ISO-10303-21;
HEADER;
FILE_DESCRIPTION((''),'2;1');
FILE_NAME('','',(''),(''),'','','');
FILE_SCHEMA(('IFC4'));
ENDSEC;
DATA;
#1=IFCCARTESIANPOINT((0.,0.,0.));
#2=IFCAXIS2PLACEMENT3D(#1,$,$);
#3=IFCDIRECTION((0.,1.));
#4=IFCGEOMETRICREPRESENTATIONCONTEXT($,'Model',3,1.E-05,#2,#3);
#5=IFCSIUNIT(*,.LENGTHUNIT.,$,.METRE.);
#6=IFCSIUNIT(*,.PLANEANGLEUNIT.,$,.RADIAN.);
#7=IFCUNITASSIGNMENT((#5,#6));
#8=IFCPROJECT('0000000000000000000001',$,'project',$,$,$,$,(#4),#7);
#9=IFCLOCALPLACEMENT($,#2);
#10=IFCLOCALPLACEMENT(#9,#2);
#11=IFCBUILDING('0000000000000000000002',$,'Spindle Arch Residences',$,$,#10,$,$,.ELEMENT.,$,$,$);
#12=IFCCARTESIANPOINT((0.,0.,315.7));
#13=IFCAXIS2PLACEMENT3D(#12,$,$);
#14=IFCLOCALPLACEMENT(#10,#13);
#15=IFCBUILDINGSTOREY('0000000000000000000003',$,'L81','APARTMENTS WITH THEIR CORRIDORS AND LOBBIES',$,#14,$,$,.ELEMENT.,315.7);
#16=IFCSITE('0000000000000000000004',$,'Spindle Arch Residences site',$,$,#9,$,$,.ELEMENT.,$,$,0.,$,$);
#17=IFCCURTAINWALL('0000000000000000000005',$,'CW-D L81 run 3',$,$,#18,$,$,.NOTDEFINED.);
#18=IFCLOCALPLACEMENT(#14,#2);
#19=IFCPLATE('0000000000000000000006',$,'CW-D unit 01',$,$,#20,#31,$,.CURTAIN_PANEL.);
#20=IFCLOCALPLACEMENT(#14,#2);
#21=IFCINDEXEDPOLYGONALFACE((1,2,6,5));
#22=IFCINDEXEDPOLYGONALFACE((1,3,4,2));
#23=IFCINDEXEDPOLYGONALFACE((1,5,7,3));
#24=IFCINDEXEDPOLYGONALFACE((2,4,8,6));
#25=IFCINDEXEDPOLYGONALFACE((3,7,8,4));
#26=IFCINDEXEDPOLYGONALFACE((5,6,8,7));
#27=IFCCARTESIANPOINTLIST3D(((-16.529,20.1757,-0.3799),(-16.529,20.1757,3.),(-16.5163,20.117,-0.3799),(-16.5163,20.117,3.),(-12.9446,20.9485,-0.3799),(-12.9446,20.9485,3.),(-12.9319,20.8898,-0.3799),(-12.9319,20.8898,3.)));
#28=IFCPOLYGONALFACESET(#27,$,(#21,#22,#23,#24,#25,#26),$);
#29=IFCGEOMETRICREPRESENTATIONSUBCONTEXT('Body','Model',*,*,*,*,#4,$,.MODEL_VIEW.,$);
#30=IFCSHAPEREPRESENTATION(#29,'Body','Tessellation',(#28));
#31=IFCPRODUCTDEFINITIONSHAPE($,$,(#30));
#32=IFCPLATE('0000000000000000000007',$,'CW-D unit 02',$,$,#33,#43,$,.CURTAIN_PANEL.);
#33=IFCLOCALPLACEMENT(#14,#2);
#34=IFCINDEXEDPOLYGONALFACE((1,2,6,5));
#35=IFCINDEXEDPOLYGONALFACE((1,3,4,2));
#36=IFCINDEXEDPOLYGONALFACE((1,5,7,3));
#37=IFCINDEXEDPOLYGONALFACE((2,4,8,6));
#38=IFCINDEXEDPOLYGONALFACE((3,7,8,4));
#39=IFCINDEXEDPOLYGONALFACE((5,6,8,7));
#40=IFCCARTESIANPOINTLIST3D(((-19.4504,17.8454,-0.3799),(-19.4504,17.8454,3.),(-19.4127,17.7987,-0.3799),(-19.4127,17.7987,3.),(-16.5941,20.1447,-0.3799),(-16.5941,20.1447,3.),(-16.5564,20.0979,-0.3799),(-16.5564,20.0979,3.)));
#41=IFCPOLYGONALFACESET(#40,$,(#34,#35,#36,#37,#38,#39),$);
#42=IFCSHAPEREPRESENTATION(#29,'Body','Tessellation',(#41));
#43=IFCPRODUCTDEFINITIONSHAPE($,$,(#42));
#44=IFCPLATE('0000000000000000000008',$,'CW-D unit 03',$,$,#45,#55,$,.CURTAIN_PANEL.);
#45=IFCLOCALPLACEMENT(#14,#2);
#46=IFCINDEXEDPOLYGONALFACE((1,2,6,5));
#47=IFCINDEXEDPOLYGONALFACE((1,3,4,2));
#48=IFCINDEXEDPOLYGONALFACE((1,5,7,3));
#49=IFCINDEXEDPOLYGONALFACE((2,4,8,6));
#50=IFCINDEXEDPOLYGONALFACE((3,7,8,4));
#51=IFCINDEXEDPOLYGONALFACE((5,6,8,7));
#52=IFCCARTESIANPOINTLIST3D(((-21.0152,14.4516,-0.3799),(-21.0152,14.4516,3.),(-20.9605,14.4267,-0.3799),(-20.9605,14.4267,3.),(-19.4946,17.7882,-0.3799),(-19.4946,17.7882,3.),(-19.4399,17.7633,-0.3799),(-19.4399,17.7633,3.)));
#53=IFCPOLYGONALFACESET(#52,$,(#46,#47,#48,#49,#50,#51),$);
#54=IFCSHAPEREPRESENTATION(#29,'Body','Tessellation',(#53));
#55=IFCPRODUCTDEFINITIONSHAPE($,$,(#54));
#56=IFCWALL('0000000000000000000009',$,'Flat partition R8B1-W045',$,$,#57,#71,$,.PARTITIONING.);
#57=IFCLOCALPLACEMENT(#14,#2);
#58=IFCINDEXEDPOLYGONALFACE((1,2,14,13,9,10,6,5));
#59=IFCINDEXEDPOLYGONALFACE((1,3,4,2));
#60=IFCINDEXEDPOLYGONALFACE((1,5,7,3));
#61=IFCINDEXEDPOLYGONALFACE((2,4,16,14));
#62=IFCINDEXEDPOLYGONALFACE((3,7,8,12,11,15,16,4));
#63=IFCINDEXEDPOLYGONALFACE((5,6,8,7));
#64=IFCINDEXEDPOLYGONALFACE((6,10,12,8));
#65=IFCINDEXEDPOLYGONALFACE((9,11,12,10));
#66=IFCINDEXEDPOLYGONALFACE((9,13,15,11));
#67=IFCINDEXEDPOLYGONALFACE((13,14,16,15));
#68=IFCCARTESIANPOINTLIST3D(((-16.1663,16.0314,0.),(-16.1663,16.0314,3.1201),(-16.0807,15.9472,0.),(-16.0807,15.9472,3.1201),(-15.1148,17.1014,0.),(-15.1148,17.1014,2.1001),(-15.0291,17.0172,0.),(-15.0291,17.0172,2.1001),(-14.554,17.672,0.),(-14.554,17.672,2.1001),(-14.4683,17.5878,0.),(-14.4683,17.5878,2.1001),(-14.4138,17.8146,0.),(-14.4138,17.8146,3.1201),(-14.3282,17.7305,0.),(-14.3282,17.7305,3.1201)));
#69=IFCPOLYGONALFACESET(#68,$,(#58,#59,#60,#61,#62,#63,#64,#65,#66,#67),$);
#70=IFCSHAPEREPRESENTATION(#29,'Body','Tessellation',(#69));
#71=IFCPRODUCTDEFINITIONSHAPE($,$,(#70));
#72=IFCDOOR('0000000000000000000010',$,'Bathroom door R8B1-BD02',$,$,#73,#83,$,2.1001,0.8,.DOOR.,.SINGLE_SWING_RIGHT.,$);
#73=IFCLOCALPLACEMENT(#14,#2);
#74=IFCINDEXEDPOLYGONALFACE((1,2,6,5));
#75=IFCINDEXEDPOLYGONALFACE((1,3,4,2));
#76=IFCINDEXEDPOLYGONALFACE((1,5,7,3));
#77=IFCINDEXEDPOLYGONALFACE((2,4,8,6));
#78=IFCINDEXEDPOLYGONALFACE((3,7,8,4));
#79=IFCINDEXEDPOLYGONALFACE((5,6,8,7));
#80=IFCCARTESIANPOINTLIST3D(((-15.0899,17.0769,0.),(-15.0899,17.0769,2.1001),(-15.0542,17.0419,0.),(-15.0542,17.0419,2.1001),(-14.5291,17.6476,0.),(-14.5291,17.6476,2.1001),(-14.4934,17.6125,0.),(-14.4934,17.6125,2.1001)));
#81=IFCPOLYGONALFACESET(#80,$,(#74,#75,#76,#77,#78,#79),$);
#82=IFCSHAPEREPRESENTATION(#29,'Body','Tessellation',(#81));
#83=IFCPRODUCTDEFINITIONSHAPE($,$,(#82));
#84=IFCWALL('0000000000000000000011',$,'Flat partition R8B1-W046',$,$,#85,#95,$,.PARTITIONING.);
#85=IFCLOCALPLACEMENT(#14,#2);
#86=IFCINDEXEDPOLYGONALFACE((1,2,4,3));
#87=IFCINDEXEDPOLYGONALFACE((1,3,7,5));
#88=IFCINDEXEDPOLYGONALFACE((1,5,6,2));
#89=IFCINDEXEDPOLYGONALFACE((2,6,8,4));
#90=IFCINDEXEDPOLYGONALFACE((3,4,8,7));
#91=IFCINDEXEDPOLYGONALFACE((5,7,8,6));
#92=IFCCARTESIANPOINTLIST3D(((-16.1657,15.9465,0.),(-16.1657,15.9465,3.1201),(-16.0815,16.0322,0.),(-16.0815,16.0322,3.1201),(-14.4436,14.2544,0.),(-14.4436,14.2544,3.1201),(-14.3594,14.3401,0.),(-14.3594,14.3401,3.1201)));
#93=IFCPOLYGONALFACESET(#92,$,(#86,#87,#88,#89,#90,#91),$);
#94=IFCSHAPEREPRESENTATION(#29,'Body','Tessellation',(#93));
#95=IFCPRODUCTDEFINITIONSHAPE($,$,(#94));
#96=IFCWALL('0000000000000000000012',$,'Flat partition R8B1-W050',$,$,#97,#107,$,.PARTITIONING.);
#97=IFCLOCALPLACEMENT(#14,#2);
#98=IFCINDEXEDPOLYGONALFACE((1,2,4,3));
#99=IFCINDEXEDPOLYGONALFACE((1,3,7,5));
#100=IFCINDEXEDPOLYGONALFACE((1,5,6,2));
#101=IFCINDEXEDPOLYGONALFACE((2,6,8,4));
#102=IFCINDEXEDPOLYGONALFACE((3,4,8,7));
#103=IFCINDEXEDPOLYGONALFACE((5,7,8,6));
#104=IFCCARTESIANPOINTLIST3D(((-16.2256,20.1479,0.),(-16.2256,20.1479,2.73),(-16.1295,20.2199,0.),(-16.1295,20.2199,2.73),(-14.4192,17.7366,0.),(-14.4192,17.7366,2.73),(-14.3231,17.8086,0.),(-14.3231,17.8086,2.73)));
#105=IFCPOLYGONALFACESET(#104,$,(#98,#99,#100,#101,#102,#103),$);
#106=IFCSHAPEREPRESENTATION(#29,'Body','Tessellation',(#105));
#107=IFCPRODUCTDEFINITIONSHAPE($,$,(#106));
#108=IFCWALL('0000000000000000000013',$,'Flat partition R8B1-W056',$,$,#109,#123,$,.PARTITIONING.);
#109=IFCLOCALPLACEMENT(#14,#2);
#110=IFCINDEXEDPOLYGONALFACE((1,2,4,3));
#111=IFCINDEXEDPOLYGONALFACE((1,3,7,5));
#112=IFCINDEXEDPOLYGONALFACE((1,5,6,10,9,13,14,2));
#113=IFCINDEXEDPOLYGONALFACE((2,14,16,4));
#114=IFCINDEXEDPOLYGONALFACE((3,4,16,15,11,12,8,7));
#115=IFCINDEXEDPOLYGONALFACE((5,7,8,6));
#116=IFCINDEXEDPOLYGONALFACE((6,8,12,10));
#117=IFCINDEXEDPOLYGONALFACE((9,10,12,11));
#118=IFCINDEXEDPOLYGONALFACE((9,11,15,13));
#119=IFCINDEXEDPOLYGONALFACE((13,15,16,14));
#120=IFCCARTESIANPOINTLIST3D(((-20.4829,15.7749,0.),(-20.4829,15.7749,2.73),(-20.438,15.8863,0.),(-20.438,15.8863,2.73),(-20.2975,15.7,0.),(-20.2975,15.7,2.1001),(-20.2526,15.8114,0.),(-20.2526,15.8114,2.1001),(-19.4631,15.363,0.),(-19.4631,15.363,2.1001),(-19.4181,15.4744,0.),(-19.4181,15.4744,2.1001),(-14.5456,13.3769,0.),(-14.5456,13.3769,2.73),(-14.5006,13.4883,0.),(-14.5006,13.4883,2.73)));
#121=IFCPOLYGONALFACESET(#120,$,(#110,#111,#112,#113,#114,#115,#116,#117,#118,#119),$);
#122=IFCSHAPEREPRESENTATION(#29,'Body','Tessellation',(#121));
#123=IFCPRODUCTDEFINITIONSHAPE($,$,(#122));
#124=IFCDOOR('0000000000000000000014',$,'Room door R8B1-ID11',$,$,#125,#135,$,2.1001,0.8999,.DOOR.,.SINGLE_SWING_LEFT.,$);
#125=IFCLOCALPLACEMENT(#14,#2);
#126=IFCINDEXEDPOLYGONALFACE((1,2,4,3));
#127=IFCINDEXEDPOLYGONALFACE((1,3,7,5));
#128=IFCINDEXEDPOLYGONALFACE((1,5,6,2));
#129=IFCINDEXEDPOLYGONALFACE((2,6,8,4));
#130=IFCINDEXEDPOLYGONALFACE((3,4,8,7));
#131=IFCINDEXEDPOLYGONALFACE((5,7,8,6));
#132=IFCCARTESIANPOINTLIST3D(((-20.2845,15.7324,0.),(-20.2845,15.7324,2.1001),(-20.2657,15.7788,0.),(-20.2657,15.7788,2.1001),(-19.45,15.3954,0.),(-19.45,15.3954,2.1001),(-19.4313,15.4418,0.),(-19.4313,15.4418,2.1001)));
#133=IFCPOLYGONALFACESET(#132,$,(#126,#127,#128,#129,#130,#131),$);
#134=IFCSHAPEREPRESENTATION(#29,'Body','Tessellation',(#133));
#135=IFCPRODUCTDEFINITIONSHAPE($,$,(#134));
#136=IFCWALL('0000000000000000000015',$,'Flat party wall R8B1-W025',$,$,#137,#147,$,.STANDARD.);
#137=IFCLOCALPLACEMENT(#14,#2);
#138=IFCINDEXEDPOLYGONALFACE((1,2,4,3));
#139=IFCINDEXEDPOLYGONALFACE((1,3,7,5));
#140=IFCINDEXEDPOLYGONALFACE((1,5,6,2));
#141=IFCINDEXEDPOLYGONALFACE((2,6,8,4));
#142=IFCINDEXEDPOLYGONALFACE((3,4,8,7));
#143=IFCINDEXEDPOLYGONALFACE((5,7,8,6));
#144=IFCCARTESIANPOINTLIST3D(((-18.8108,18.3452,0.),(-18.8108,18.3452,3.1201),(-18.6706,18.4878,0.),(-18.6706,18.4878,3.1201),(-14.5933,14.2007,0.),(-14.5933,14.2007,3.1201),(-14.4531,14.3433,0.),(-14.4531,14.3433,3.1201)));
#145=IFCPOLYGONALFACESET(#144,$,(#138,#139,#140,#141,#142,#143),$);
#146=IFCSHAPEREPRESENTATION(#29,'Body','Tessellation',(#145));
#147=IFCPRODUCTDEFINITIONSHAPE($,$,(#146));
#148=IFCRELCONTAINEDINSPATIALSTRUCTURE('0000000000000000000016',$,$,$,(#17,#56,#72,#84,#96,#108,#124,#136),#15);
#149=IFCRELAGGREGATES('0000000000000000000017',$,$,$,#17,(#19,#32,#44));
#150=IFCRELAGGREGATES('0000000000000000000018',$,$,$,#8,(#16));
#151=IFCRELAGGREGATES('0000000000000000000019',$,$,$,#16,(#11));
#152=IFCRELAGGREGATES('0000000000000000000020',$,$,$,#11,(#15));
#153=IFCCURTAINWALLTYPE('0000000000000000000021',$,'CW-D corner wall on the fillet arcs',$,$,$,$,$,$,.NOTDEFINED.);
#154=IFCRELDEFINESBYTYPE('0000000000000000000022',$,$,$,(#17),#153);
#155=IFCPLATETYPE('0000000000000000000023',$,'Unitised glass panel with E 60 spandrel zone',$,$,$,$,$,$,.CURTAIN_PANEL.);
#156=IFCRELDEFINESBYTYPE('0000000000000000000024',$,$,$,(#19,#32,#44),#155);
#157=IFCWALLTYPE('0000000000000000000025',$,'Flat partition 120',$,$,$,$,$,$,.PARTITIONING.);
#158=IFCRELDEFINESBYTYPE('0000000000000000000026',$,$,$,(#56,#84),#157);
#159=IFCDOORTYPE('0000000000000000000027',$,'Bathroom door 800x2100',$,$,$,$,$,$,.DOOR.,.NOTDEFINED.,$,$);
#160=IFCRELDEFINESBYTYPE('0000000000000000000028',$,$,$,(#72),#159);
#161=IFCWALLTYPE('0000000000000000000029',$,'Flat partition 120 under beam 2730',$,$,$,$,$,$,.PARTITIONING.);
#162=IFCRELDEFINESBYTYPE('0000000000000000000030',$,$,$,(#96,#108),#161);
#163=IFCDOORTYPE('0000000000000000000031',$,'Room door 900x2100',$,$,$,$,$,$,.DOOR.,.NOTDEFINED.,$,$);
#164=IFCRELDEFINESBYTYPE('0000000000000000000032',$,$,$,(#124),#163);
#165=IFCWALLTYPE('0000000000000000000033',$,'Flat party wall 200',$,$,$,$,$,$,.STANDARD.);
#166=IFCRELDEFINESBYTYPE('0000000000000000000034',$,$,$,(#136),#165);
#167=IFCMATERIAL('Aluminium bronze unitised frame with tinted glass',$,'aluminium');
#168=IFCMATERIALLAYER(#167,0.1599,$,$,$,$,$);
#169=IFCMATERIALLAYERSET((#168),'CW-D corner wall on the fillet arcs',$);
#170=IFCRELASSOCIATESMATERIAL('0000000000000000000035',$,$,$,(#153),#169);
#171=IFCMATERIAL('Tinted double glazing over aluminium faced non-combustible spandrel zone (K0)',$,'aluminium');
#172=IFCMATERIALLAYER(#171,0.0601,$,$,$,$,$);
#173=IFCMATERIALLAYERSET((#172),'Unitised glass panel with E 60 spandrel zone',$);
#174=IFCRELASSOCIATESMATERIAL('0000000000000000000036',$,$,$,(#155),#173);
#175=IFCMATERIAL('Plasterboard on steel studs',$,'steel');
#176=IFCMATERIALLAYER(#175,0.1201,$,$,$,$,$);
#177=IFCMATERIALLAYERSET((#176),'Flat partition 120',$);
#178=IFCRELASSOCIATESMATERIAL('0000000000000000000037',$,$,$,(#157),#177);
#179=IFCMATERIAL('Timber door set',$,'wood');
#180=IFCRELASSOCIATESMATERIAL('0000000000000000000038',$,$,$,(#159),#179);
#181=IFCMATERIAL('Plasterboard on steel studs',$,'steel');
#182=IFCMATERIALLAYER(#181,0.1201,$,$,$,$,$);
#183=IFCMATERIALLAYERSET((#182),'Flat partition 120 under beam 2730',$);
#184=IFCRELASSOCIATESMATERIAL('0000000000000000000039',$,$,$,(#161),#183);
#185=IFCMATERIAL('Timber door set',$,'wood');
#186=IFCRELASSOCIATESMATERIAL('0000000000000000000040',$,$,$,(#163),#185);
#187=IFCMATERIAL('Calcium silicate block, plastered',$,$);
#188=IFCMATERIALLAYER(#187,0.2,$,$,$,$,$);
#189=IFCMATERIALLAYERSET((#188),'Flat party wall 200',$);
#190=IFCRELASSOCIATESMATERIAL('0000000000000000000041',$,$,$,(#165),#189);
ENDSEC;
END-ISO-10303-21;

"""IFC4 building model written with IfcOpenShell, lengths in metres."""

from ifc_helpers import new_model, si_unit, direction, frame, frame_2d, origin, origin_2d, place, context, subcontext, project, spatial, rectangle, extrude, material, layer, layer_set, type_object, element, fill, aggregate, save


model = new_model("IFC4")

# Units and contexts
model_context = context("Model", 3, precision=1e-05, world=origin(), true_north=direction((0.0, 1.0)))
body_context = subcontext(model_context, "Body", "Model", "MODEL_VIEW")
ifc_project = project(units=[si_unit("LENGTHUNIT", "METRE"), si_unit("PLANEANGLEUNIT", "RADIAN")], contexts=[model_context])

# Site, building, storey
site_placement = place(None, origin())
site = spatial("IfcSite", under=ifc_project, at=site_placement, Name="Spindle Arch Residences site", CompositionType="ELEMENT", RefElevation=0.0)
building_placement = place(site_placement, origin())
building = spatial("IfcBuilding", under=site, at=building_placement, Name="Spindle Arch Residences", CompositionType="ELEMENT")
storey_placement = place(building_placement, frame((0.0, 0.0, 315.7)))
storey = spatial("IfcBuildingStorey", under=building, at=storey_placement, Name="L81", Description="APARTMENTS WITH THEIR CORRIDORS AND LOBBIES", CompositionType="ELEMENT", Elevation=315.7)

# Curtain wall
ifc_material_1 = material(Name="Aluminium bronze unitised frame with tinted glass", Category="aluminium")
ifc_layer_1 = layer(ifc_material_1, 0.1599)
ifc_layer_set_1 = layer_set([ifc_layer_1], Name="CW-D corner wall on the fillet arcs")
curtain_wall_type = type_object("IfcCurtainWallType", Name="CW-D corner wall on the fillet arcs", PredefinedType="NOTDEFINED", material=ifc_layer_set_1)
curtain_wall_placement = place(storey_placement, origin())
curtain_wall = element("IfcCurtainWall", 1, at=curtain_wall_placement, inside=storey, type_object=curtain_wall_type, Name="CW-D L81 run 3", PredefinedType="NOTDEFINED")

# Plates
ifc_material_2 = material(Name="Tinted double glazing over aluminium faced non-combustible spandrel zone (K0)", Category="aluminium")
ifc_layer_2 = layer(ifc_material_2, 0.0601)
ifc_layer_set_2 = layer_set([ifc_layer_2], Name="Unitised glass panel with E 60 spandrel zone")
plate_type = type_object("IfcPlateType", Name="Unitised glass panel with E 60 spandrel zone", PredefinedType="CURTAIN_PANEL", material=ifc_layer_set_2)
plate_1_placement = place(storey_placement, frame((-14.7305, 20.5327, -0.3799), z_axis=(0.0, 0.0, 1.0), x_axis=(-0.977539, -0.210756, 0.0)))
plate_1 = element("IfcPlate", 2, at=plate_1_placement, type_object=plate_type, Name="CW-D unit 01", PredefinedType="CURTAIN_PANEL", context=body_context, shape_type="SweptSolid", body=[
    extrude(rectangle(XDim=3.6667, YDim=0.0601, at=origin_2d()), origin(), (0.0, 0.0, 1.0), 3.3799),
])
plate_2_placement = place(storey_placement, frame((-18.0034, 18.9717, -0.3799), z_axis=(0.0, 0.0, 1.0), x_axis=(-0.778973, -0.627057, 0.0)))
plate_2 = element("IfcPlate", 3, at=plate_2_placement, type_object=plate_type, Name="CW-D unit 02", PredefinedType="CURTAIN_PANEL", context=body_context, shape_type="SweptSolid", body=[
    extrude(rectangle(XDim=3.6667, YDim=0.0601, at=origin_2d()), origin(), (0.0, 0.0, 1.0), 3.3799),
])
plate_3_placement = place(storey_placement, frame((-20.2275, 16.1074, -0.3799), z_axis=(0.0, 0.0, 1.0), x_axis=(-0.414693, -0.909961, 0.0)))
plate_3 = element("IfcPlate", 4, at=plate_3_placement, type_object=plate_type, Name="CW-D unit 03", PredefinedType="CURTAIN_PANEL", context=body_context, shape_type="SweptSolid", body=[
    extrude(rectangle(XDim=3.6667, YDim=0.0601, at=origin_2d()), origin(), (0.0, 0.0, 1.0), 3.3799),
])
aggregate(curtain_wall, [plate_1, plate_2, plate_3])

# Wall, opening, door
ifc_material_3 = material(Name="Plasterboard on steel studs", Category="steel")
ifc_layer_3 = layer(ifc_material_3, 0.1201)
ifc_layer_set_3 = layer_set([ifc_layer_3], Name="Flat partition 120")
wall_type_1 = type_object("IfcWallType", Name="Flat partition 120", PredefinedType="PARTITIONING", material=ifc_layer_set_3)
wall_1_placement = place(storey_placement, frame((-14.3711, 17.7725, 0.0), z_axis=(0.0, 0.0, 1.0), x_axis=(-0.700928, -0.713232, 0.0)))
wall_1 = element("IfcWall", 5, at=wall_1_placement, inside=storey, type_object=wall_type_1, Name="Flat partition R8B1-W045", PredefinedType="PARTITIONING", context=body_context, shape_type="SweptSolid", body=[
    extrude(rectangle(XDim=2.5002, YDim=0.1201, at=frame_2d((1.25, 0.0))), origin(), (0.0, 0.0, 1.0), 3.1201),
])
opening_1_placement = place(wall_1_placement, frame((0.2, 0.0, 0.0)))
opening_1 = element("IfcOpeningElement", 6, at=opening_1_placement, cuts=wall_1, PredefinedType="OPENING", context=body_context, shape_type="SweptSolid", body=[
    extrude(rectangle(XDim=0.8, YDim=2.1001, at=frame_2d((0.3999, 1.05))), frame((0.0, 0.0701, 0.0), z_axis=(0.0, -1.0, 0.0), x_axis=(1.0, 0.0, 0.0)), (0.0, 0.0, 1.0), 0.1401),
])
ifc_material_4 = material(Name="Timber door set", Category="wood")
door_type_1 = type_object("IfcDoorType", Name="Bathroom door 800x2100", OperationType="NOTDEFINED", PredefinedType="DOOR", material=ifc_material_4)
door_1_placement = place(opening_1_placement, origin())
door_1 = element("IfcDoor", 7, at=door_1_placement, inside=storey, type_object=door_type_1, Name="Bathroom door R8B1-BD02", OperationType="SINGLE_SWING_RIGHT", OverallHeight=2.1001, OverallWidth=0.8, PredefinedType="DOOR", context=body_context, shape_type="SweptSolid", body=[
    extrude(rectangle(XDim=0.8, YDim=2.1001, at=frame_2d((0.3999, 1.05))), frame((0.0, 0.0249, 0.0), z_axis=(0.0, -1.0, 0.0), x_axis=(1.0, 0.0, 0.0)), (0.0, 0.0, 1.0), 0.05),
])
fill(opening_1, door_1)

# Walls
wall_2_placement = place(storey_placement, frame((-16.1235, 15.9893, 0.0), z_axis=(0.0, 0.0, 1.0), x_axis=(0.713298, -0.700861, 0.0)))
element("IfcWall", 8, at=wall_2_placement, inside=storey, type_object=wall_type_1, Name="Flat partition R8B1-W046", PredefinedType="PARTITIONING", context=body_context, shape_type="SweptSolid", body=[
    extrude(rectangle(XDim=2.4143, YDim=0.1201, at=frame_2d((1.207, 0.0))), origin(), (0.0, 0.0, 1.0), 3.1201),
])
ifc_material_5 = material(Name="Plasterboard on steel studs", Category="steel")
ifc_layer_4 = layer(ifc_material_5, 0.1201)
ifc_layer_set_4 = layer_set([ifc_layer_4], Name="Flat partition 120 under beam 2730")
wall_type_2 = type_object("IfcWallType", Name="Flat partition 120 under beam 2730", PredefinedType="PARTITIONING", material=ifc_layer_set_4)
wall_3_placement = place(storey_placement, frame((-16.1775, 20.1838, 0.0), z_axis=(0.0, 0.0, 1.0), x_axis=(0.599546, -0.80034, 0.0)))
element("IfcWall", 9, at=wall_3_placement, inside=storey, type_object=wall_type_2, Name="Flat partition R8B1-W050", PredefinedType="PARTITIONING", context=body_context, shape_type="SweptSolid", body=[
    extrude(rectangle(XDim=3.0129, YDim=0.1201, at=frame_2d((1.5063, 0.0))), origin(), (0.0, 0.0, 1.0), 2.73),
])

# Wall, opening, door
wall_4_placement = place(storey_placement, frame((-20.4604, 15.8306, 0.0), z_axis=(0.0, 0.0, 1.0), x_axis=(0.92723, -0.374491, 0.0)))
wall_4 = element("IfcWall", 10, at=wall_4_placement, inside=storey, type_object=wall_type_2, Name="Flat partition R8B1-W056", PredefinedType="PARTITIONING", context=body_context, shape_type="SweptSolid", body=[
    extrude(rectangle(XDim=6.4033, YDim=0.1201, at=frame_2d((3.2017, 0.0))), origin(), (0.0, 0.0, 1.0), 2.73),
])
opening_2_placement = place(wall_4_placement, frame((0.2, 0.0, 0.0)))
opening_2 = element("IfcOpeningElement", 11, at=opening_2_placement, cuts=wall_4, PredefinedType="OPENING", context=body_context, shape_type="SweptSolid", body=[
    extrude(rectangle(XDim=0.8999, YDim=2.1001, at=frame_2d((0.45, 1.05))), frame((0.0, 0.0701, 0.0), z_axis=(0.0, -1.0, 0.0), x_axis=(1.0, 0.0, 0.0)), (0.0, 0.0, 1.0), 0.1401),
])
ifc_material_6 = material(Name="Timber door set", Category="wood")
door_type_2 = type_object("IfcDoorType", Name="Room door 900x2100", OperationType="NOTDEFINED", PredefinedType="DOOR", material=ifc_material_6)
door_2_placement = place(opening_2_placement, origin())
door_2 = element("IfcDoor", 12, at=door_2_placement, inside=storey, type_object=door_type_2, Name="Room door R8B1-ID11", OperationType="SINGLE_SWING_LEFT", OverallHeight=2.1001, OverallWidth=0.8999, PredefinedType="DOOR", context=body_context, shape_type="SweptSolid", body=[
    extrude(rectangle(XDim=0.8999, YDim=2.1001, at=frame_2d((0.45, 1.05))), frame((0.0, 0.0249, 0.0), z_axis=(0.0, -1.0, 0.0), x_axis=(1.0, 0.0, 0.0)), (0.0, 0.0, 1.0), 0.05),
])
fill(opening_2, door_2)

# Wall
ifc_material_7 = material(Name="Calcium silicate block, plastered")
ifc_layer_5 = layer(ifc_material_7, 0.2)
ifc_layer_set_5 = layer_set([ifc_layer_5], Name="Flat party wall 200")
wall_type_3 = type_object("IfcWallType", Name="Flat party wall 200", PredefinedType="STANDARD", material=ifc_layer_set_5)
wall_5_placement = place(storey_placement, frame((-18.7407, 18.4165, 0.0), z_axis=(0.0, 0.0, 1.0), x_axis=(0.713252, -0.700907, 0.0)))
element("IfcWall", 13, at=wall_5_placement, inside=storey, type_object=wall_type_3, Name="Flat party wall R8B1-W025", PredefinedType="STANDARD", context=body_context, shape_type="SweptSolid", body=[
    extrude(rectangle(XDim=5.9131, YDim=0.2, at=frame_2d((2.9565, 0.0))), origin(), (0.0, 0.0, 1.0), 3.1201),
])

save(model, "model.ifc")
